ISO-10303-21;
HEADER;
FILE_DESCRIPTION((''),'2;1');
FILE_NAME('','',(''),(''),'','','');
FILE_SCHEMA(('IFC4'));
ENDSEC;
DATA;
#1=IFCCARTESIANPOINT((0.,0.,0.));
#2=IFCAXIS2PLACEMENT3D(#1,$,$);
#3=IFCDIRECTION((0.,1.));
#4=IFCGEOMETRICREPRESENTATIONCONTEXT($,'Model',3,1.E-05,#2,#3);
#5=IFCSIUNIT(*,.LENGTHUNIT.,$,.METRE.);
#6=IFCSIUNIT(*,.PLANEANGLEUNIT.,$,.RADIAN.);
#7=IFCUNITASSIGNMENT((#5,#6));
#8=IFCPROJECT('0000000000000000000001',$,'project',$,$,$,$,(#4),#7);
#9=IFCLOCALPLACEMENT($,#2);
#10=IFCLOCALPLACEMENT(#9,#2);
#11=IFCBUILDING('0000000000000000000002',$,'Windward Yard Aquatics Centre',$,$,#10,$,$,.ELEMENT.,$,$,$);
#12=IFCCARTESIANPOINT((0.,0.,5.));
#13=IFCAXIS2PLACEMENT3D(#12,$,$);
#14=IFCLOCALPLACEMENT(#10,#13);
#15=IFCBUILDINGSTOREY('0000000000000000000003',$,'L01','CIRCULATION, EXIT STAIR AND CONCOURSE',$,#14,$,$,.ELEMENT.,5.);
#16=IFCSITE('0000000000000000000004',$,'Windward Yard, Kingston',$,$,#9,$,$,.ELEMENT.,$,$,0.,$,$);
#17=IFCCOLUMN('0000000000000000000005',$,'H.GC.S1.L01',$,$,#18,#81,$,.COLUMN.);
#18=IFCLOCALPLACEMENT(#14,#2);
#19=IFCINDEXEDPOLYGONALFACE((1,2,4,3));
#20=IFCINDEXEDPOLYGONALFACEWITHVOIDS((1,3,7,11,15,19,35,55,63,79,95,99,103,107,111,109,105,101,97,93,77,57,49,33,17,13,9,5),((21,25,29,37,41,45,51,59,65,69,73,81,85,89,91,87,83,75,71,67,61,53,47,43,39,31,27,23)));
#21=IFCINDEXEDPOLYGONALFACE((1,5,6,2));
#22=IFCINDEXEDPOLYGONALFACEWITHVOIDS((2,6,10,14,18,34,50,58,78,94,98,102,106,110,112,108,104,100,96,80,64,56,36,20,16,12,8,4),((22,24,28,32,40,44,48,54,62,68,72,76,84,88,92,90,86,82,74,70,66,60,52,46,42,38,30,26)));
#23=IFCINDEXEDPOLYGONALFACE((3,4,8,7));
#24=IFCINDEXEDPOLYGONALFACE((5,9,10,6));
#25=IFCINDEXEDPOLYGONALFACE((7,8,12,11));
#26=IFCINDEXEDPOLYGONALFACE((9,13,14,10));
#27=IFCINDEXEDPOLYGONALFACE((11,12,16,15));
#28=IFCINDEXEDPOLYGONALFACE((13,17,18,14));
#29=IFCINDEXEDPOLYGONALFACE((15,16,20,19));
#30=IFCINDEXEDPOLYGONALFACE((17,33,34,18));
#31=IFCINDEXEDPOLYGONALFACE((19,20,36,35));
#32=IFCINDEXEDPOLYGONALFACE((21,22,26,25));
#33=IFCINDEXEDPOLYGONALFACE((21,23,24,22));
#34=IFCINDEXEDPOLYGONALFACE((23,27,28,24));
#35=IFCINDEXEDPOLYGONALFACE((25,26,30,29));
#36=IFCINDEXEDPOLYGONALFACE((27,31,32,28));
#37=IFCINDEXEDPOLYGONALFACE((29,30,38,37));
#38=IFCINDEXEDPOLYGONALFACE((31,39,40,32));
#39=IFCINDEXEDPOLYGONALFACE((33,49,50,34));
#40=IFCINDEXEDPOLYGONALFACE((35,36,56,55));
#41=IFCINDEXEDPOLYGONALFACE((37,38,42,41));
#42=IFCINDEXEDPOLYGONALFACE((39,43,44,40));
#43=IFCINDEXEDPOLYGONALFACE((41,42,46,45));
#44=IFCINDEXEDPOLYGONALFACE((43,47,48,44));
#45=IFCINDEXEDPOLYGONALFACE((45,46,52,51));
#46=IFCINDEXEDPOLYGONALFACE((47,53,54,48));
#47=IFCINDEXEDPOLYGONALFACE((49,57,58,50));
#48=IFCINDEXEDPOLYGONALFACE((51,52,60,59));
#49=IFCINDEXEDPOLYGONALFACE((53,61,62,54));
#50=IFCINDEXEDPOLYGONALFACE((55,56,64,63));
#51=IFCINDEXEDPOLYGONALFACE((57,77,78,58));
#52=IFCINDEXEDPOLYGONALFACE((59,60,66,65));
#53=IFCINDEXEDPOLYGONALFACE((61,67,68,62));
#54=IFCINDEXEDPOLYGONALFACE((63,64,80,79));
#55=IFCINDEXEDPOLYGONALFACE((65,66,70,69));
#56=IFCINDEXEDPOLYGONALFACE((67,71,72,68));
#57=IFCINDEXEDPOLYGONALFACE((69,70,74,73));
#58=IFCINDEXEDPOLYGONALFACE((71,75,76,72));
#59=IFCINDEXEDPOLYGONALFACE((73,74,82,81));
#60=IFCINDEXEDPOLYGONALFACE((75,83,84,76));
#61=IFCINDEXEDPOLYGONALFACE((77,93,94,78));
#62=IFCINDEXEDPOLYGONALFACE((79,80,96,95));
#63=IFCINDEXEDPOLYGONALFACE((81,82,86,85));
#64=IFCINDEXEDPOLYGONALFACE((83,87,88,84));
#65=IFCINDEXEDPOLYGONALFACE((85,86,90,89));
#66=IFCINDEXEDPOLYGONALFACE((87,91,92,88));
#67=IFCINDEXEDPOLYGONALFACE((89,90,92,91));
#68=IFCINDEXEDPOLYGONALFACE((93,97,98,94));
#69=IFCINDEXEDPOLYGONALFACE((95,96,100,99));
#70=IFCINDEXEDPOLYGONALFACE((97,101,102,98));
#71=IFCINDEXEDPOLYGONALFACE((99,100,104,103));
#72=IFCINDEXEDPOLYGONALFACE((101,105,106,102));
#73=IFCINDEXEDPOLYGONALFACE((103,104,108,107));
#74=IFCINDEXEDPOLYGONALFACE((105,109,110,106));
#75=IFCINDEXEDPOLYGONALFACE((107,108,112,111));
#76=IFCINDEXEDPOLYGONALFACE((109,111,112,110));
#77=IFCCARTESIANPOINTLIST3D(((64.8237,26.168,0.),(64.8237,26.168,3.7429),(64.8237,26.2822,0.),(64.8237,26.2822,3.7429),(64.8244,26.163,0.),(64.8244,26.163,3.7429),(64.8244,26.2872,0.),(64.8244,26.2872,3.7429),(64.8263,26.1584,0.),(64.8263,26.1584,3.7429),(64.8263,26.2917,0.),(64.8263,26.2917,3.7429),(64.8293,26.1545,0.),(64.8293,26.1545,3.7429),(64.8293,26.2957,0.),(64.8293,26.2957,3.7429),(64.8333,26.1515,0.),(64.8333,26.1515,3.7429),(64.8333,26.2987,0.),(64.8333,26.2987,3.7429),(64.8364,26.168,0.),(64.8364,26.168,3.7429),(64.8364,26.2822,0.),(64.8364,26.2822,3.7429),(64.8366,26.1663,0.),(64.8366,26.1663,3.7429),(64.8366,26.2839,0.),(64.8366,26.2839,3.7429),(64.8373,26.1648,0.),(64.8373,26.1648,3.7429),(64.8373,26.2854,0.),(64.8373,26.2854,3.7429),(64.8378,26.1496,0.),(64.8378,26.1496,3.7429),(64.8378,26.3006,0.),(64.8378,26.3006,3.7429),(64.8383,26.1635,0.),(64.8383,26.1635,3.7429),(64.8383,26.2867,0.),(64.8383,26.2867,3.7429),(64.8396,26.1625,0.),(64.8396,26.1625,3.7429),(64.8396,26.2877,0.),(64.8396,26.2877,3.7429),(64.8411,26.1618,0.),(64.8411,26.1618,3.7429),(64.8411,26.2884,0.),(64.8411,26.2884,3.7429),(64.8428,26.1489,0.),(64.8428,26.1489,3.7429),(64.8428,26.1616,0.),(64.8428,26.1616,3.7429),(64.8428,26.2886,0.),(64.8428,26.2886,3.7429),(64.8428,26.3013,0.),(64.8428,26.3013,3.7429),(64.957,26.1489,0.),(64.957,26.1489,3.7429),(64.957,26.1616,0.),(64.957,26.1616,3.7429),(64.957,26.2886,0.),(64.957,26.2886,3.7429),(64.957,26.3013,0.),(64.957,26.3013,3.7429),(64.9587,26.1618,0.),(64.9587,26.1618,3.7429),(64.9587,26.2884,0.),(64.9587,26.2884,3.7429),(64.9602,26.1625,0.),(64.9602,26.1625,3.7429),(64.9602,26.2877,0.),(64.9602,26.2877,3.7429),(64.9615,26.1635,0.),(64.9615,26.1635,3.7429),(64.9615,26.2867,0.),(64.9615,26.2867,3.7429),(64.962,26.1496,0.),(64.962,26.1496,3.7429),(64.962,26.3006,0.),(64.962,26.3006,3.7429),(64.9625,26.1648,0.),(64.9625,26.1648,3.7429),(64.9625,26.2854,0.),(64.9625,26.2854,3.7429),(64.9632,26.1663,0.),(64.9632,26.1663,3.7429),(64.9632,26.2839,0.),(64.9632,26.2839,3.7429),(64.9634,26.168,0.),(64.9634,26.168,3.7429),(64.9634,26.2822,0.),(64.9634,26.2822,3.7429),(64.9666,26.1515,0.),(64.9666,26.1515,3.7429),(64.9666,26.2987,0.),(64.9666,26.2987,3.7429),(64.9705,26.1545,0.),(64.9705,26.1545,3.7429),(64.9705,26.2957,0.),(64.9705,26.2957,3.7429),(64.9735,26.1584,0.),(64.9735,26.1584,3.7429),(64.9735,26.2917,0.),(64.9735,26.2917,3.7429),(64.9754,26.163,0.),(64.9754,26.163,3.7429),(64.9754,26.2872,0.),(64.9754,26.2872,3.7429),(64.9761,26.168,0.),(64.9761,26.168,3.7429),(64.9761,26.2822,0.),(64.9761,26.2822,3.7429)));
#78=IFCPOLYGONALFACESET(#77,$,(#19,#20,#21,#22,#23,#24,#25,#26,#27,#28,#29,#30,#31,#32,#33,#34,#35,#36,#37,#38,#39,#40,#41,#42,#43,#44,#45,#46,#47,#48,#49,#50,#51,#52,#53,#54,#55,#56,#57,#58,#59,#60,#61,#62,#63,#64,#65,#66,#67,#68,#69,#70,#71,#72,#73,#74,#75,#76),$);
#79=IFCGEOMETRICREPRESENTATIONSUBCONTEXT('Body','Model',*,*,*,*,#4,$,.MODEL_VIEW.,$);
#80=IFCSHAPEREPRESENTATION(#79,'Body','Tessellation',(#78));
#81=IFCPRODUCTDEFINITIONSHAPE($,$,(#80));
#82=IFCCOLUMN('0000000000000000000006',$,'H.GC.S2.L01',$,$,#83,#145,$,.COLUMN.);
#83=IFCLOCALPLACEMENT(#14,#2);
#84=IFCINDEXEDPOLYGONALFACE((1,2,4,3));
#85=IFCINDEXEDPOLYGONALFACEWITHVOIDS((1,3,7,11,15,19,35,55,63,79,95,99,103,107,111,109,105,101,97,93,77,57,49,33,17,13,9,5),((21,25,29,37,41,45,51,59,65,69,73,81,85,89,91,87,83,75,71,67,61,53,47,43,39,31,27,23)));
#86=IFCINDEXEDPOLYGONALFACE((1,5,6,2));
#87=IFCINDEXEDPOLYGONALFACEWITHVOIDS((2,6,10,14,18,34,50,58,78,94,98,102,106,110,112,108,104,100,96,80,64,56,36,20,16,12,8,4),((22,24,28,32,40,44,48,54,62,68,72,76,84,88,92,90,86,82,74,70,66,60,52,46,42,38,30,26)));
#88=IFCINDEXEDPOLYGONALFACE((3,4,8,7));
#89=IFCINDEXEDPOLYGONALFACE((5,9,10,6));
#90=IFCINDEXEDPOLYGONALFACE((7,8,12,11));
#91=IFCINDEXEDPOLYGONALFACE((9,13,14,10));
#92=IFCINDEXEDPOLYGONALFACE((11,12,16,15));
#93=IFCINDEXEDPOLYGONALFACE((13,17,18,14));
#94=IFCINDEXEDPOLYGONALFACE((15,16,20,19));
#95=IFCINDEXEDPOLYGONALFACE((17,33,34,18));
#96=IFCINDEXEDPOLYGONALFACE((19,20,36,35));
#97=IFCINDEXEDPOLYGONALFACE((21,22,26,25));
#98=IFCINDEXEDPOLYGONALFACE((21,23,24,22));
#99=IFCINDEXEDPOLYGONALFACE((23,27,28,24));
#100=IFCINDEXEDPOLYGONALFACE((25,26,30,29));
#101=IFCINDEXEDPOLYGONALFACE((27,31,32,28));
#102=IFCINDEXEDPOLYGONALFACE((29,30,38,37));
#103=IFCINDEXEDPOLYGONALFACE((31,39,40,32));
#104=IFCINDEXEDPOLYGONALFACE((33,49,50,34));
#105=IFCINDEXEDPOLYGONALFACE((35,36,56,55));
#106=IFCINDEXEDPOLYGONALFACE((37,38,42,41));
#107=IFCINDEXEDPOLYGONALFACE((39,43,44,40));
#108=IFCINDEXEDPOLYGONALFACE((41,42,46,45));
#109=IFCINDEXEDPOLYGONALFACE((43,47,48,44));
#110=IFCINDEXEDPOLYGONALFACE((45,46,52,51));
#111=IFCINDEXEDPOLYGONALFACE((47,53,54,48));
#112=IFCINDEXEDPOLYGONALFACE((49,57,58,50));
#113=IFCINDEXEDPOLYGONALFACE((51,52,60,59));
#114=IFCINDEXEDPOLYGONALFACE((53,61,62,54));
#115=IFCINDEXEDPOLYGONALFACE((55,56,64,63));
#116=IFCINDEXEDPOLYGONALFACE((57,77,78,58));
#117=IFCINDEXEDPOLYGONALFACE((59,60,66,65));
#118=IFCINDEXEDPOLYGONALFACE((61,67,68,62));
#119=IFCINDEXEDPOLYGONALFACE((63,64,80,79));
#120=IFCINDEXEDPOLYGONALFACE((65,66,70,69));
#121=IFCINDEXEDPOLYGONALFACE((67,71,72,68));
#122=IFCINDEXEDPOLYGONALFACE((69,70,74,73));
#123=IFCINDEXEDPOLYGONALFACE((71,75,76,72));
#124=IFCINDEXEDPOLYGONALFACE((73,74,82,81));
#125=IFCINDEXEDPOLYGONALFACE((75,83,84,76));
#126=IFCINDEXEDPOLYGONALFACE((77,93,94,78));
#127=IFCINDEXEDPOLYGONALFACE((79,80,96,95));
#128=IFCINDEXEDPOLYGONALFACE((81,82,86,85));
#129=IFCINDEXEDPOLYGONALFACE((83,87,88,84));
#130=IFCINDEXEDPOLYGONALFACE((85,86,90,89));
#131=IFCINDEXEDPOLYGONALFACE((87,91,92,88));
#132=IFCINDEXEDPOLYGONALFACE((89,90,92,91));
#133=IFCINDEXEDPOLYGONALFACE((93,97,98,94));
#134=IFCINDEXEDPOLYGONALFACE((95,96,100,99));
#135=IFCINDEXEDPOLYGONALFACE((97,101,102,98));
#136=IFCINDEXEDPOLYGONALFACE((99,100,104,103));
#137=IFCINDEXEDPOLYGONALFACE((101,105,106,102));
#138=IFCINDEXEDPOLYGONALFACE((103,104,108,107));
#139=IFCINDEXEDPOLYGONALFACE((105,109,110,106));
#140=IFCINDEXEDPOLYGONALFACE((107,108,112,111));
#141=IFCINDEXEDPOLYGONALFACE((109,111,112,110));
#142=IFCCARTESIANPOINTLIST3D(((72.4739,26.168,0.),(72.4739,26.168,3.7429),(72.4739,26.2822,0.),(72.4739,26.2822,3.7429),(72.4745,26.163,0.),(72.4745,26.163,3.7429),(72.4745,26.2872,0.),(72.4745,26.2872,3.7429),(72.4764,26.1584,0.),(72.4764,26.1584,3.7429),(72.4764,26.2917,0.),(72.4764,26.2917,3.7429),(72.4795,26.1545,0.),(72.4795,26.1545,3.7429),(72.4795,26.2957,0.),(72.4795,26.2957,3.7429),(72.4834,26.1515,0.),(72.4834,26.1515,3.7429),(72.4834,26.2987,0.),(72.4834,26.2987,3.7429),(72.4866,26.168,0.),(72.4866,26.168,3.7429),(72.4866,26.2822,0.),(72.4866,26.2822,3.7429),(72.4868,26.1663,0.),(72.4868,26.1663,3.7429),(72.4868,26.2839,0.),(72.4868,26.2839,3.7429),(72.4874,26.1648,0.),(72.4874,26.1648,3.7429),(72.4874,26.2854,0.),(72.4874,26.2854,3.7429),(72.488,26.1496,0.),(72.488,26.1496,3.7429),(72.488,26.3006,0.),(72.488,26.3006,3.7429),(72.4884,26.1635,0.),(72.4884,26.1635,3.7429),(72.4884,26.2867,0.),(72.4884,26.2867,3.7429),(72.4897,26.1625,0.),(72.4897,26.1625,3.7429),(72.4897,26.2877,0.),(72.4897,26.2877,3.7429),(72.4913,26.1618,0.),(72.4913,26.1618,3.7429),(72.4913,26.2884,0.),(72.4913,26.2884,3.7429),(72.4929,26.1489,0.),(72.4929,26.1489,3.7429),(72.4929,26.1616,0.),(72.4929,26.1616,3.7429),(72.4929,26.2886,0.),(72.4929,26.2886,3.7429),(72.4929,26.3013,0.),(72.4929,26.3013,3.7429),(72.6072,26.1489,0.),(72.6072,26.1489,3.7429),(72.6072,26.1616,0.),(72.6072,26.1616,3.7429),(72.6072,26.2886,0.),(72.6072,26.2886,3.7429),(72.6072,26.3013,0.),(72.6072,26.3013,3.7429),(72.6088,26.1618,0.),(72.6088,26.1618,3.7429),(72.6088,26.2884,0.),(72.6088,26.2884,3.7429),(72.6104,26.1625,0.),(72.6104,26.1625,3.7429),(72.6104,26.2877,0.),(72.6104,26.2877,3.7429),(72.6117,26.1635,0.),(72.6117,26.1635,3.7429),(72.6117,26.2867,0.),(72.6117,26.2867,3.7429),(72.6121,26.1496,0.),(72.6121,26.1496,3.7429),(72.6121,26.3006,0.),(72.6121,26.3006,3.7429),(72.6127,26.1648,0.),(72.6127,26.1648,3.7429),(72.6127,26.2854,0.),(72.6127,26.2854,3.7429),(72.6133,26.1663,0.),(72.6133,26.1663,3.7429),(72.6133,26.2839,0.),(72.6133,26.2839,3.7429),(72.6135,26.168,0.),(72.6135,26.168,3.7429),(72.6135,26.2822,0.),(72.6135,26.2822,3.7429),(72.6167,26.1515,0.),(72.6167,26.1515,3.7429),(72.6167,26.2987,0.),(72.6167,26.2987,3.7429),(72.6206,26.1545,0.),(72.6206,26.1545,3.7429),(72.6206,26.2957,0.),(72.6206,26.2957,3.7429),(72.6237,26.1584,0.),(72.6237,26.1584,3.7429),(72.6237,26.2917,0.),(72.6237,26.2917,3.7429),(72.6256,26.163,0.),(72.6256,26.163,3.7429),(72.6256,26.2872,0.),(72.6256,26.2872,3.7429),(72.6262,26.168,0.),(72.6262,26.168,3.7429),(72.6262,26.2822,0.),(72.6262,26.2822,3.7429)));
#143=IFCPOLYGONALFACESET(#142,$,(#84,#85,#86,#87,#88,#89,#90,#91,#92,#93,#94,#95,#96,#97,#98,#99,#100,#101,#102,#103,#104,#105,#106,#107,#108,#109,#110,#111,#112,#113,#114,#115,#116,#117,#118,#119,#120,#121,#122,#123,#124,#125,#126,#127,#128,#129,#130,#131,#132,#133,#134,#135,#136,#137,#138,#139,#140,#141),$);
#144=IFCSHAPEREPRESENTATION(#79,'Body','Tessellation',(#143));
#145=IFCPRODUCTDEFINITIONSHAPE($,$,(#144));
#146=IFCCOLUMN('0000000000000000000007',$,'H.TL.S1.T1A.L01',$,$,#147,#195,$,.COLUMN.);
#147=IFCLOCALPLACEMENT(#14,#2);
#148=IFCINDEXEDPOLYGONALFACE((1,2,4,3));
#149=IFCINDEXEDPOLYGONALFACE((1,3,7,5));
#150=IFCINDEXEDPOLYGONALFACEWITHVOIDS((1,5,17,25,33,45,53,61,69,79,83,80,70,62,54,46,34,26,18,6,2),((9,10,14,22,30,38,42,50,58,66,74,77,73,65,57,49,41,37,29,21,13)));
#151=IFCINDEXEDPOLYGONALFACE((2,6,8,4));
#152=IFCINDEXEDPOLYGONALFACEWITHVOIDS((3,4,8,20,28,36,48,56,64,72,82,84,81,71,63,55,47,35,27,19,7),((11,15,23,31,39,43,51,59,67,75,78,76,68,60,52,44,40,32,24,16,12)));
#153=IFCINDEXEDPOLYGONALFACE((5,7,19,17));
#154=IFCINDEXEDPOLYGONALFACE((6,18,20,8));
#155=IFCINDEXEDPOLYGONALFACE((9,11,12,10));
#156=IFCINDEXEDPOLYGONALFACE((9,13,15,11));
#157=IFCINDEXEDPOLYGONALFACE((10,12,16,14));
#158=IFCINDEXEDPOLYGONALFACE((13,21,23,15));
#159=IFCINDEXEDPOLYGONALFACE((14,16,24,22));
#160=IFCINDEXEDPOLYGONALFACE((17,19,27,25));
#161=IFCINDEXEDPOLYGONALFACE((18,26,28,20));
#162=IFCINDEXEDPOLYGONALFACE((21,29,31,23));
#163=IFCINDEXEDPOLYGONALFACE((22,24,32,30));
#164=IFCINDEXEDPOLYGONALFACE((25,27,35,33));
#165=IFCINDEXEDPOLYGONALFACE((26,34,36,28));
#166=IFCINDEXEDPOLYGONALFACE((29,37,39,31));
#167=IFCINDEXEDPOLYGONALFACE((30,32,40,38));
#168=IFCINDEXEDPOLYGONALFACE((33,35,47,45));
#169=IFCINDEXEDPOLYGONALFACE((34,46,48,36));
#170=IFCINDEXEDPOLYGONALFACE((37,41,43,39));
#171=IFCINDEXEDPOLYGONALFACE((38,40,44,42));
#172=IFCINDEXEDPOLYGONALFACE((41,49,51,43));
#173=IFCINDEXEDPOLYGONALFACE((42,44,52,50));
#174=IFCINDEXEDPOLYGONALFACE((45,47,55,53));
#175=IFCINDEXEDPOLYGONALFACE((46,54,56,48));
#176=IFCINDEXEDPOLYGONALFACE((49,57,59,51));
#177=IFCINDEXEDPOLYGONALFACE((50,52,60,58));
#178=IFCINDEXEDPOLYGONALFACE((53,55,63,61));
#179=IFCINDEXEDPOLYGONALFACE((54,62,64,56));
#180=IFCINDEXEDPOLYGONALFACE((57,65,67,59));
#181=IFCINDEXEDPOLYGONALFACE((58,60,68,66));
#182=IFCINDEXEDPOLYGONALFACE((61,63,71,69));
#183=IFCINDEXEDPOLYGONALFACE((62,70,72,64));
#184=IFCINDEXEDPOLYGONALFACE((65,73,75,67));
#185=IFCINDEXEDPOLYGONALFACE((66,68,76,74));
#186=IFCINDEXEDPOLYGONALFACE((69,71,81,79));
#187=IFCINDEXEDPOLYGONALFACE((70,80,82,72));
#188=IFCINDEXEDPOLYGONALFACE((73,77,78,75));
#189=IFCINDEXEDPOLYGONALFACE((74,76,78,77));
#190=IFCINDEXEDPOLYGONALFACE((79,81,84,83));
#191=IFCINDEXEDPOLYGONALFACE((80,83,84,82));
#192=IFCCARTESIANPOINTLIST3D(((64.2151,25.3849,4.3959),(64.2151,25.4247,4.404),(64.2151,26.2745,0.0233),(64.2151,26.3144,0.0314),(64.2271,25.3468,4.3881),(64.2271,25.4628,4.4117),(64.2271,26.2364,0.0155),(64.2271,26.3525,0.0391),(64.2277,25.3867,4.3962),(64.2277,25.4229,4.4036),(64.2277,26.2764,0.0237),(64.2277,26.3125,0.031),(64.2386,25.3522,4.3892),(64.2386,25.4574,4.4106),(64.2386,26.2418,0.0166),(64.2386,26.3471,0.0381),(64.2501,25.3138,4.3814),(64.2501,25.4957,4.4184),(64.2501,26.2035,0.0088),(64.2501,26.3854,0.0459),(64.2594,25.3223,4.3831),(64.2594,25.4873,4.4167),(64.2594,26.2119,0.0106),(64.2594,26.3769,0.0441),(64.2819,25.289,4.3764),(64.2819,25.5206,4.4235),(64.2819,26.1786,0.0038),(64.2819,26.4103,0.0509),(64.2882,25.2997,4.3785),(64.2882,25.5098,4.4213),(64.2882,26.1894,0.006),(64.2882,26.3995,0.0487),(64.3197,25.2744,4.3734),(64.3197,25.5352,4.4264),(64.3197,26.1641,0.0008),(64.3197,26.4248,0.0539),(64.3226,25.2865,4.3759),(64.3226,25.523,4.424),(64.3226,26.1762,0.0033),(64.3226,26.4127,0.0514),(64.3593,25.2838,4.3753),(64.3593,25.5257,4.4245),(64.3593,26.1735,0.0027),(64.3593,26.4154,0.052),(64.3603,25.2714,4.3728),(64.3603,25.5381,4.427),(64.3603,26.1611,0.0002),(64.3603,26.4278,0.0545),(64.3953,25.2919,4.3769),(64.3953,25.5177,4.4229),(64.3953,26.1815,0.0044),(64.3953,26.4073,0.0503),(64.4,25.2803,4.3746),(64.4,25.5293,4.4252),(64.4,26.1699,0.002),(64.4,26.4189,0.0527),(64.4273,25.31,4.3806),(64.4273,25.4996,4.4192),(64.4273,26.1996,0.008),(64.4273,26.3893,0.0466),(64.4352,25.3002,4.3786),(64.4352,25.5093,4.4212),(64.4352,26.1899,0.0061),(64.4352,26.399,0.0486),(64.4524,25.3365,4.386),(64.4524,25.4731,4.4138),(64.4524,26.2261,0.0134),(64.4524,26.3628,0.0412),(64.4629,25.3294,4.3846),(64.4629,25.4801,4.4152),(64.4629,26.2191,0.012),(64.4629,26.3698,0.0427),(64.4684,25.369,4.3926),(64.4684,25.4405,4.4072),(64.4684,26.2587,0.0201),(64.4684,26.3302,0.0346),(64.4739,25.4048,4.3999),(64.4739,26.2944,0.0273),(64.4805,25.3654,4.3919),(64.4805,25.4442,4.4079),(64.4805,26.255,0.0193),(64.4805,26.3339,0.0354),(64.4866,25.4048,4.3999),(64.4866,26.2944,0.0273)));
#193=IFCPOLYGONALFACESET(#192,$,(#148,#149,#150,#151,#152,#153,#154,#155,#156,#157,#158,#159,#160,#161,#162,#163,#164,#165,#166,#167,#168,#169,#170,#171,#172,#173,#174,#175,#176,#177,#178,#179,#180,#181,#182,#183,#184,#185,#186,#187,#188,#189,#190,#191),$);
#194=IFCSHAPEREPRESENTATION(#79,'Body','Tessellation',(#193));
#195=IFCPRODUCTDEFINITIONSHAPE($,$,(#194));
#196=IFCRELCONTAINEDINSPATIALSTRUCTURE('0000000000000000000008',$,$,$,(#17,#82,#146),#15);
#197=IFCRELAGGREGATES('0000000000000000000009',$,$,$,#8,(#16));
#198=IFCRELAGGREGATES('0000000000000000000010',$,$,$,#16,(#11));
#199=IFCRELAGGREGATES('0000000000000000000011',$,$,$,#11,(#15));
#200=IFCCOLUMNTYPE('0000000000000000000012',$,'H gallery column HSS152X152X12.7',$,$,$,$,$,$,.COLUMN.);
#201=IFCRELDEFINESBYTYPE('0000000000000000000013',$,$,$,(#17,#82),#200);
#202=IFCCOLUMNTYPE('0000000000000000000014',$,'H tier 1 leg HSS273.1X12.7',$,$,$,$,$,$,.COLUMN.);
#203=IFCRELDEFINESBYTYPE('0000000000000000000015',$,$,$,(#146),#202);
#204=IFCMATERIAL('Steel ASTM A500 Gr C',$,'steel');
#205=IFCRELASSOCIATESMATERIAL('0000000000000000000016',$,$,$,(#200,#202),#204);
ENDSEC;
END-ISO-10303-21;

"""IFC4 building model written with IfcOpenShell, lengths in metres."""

from ifc_helpers import new_model, si_unit, direction, frame, origin, origin_2d, place, context, subcontext, project, spatial, hollow_rectangle, hollow_circle, extrude, material, material_profile, profile_set, type_object, element, save


model = new_model("IFC4")

# Units and contexts
model_context = context("Model", 3, precision=1e-05, world=origin(), true_north=direction((0.0, 1.0)))
body_context = subcontext(model_context, "Body", "Model", "MODEL_VIEW")
ifc_project = project(units=[si_unit("LENGTHUNIT", "METRE"), si_unit("PLANEANGLEUNIT", "RADIAN")], contexts=[model_context])

# Site, building, storey
site_placement = place(None, origin())
site = spatial("IfcSite", under=ifc_project, at=site_placement, Name="Windward Yard, Kingston", CompositionType="ELEMENT", RefElevation=0.0)
building_placement = place(site_placement, origin())
building = spatial("IfcBuilding", under=site, at=building_placement, Name="Windward Yard Aquatics Centre", CompositionType="ELEMENT")
storey_placement = place(building_placement, frame((0.0, 0.0, 5.0)))
storey = spatial("IfcBuildingStorey", under=building, at=storey_placement, Name="L01", Description="CIRCULATION, EXIT STAIR AND CONCOURSE", CompositionType="ELEMENT", Elevation=5.0)

# Columns
ifc_material_1 = material(Name="Steel ASTM A500 Gr C", Category="steel")
ifc_material_profile_1 = material_profile(ifc_material_1, hollow_rectangle(XDim=0.1523, YDim=0.1523, WallThickness=0.0127, InnerFilletRadius=0.0063, OuterFilletRadius=0.019, at=origin_2d()), Name="HSS152X152X12.7")
ifc_profile_set_1 = profile_set([ifc_material_profile_1], Name="Steel ASTM A500 Gr C")
column_type_1 = type_object("IfcColumnType", Name="H gallery column HSS152X152X12.7", PredefinedType="COLUMN", material=ifc_profile_set_1)
for number, where, z_axis, x_axis, name in (
    (1, (64.8999, 26.2251, 0.0), (0.0, 0.0, 1.0), (1.0, 0.0, 0.0), "H.GC.S1.L01"),
    (2, (72.55, 26.2251, 0.0), (0.0, 0.0, 1.0), (1.0, 0.0, 0.0), "H.GC.S2.L01"),
):
    element("IfcColumn", number, at=place(storey_placement, frame(where, z_axis=z_axis, x_axis=x_axis)), inside=storey, type_object=column_type_1, Name=name, PredefinedType="COLUMN", context=body_context, shape_type="SweptSolid", body=[
        extrude(hollow_rectangle(XDim=0.1523, YDim=0.1523, WallThickness=0.0127, InnerFilletRadius=0.0063, OuterFilletRadius=0.019, at=origin_2d()), origin(), (0.0, 0.0, 1.0), 3.7429),
    ])
ifc_material_profile_2 = material_profile(ifc_material_1, hollow_circle(Radius=0.1365, WallThickness=0.0127, at=origin_2d()), Name="HSS273.1X12.7")
ifc_profile_set_2 = profile_set([ifc_material_profile_2], Name="Steel ASTM A500 Gr C")
column_type_2 = type_object("IfcColumnType", Name="H tier 1 leg HSS273.1X12.7", PredefinedType="COLUMN", material=ifc_profile_set_2)
for number, where, z_axis, x_axis, name in (
    (3, (64.3501, 26.2944, 0.0273), (0.0, -0.199377, 0.979923), (1.0, 0.0, 0.0), "H.TL.S1.T1A.L01"),
):
    element("IfcColumn", number, at=place(storey_placement, frame(where, z_axis=z_axis, x_axis=x_axis)), inside=storey, type_object=column_type_2, Name=name, PredefinedType="COLUMN", context=body_context, shape_type="SweptSolid", body=[
        extrude(hollow_circle(Radius=0.1365, WallThickness=0.0127, at=origin_2d()), origin(), (0.0, 0.0, 1.0), 4.4622),
    ])

save(model, "model.ifc")
